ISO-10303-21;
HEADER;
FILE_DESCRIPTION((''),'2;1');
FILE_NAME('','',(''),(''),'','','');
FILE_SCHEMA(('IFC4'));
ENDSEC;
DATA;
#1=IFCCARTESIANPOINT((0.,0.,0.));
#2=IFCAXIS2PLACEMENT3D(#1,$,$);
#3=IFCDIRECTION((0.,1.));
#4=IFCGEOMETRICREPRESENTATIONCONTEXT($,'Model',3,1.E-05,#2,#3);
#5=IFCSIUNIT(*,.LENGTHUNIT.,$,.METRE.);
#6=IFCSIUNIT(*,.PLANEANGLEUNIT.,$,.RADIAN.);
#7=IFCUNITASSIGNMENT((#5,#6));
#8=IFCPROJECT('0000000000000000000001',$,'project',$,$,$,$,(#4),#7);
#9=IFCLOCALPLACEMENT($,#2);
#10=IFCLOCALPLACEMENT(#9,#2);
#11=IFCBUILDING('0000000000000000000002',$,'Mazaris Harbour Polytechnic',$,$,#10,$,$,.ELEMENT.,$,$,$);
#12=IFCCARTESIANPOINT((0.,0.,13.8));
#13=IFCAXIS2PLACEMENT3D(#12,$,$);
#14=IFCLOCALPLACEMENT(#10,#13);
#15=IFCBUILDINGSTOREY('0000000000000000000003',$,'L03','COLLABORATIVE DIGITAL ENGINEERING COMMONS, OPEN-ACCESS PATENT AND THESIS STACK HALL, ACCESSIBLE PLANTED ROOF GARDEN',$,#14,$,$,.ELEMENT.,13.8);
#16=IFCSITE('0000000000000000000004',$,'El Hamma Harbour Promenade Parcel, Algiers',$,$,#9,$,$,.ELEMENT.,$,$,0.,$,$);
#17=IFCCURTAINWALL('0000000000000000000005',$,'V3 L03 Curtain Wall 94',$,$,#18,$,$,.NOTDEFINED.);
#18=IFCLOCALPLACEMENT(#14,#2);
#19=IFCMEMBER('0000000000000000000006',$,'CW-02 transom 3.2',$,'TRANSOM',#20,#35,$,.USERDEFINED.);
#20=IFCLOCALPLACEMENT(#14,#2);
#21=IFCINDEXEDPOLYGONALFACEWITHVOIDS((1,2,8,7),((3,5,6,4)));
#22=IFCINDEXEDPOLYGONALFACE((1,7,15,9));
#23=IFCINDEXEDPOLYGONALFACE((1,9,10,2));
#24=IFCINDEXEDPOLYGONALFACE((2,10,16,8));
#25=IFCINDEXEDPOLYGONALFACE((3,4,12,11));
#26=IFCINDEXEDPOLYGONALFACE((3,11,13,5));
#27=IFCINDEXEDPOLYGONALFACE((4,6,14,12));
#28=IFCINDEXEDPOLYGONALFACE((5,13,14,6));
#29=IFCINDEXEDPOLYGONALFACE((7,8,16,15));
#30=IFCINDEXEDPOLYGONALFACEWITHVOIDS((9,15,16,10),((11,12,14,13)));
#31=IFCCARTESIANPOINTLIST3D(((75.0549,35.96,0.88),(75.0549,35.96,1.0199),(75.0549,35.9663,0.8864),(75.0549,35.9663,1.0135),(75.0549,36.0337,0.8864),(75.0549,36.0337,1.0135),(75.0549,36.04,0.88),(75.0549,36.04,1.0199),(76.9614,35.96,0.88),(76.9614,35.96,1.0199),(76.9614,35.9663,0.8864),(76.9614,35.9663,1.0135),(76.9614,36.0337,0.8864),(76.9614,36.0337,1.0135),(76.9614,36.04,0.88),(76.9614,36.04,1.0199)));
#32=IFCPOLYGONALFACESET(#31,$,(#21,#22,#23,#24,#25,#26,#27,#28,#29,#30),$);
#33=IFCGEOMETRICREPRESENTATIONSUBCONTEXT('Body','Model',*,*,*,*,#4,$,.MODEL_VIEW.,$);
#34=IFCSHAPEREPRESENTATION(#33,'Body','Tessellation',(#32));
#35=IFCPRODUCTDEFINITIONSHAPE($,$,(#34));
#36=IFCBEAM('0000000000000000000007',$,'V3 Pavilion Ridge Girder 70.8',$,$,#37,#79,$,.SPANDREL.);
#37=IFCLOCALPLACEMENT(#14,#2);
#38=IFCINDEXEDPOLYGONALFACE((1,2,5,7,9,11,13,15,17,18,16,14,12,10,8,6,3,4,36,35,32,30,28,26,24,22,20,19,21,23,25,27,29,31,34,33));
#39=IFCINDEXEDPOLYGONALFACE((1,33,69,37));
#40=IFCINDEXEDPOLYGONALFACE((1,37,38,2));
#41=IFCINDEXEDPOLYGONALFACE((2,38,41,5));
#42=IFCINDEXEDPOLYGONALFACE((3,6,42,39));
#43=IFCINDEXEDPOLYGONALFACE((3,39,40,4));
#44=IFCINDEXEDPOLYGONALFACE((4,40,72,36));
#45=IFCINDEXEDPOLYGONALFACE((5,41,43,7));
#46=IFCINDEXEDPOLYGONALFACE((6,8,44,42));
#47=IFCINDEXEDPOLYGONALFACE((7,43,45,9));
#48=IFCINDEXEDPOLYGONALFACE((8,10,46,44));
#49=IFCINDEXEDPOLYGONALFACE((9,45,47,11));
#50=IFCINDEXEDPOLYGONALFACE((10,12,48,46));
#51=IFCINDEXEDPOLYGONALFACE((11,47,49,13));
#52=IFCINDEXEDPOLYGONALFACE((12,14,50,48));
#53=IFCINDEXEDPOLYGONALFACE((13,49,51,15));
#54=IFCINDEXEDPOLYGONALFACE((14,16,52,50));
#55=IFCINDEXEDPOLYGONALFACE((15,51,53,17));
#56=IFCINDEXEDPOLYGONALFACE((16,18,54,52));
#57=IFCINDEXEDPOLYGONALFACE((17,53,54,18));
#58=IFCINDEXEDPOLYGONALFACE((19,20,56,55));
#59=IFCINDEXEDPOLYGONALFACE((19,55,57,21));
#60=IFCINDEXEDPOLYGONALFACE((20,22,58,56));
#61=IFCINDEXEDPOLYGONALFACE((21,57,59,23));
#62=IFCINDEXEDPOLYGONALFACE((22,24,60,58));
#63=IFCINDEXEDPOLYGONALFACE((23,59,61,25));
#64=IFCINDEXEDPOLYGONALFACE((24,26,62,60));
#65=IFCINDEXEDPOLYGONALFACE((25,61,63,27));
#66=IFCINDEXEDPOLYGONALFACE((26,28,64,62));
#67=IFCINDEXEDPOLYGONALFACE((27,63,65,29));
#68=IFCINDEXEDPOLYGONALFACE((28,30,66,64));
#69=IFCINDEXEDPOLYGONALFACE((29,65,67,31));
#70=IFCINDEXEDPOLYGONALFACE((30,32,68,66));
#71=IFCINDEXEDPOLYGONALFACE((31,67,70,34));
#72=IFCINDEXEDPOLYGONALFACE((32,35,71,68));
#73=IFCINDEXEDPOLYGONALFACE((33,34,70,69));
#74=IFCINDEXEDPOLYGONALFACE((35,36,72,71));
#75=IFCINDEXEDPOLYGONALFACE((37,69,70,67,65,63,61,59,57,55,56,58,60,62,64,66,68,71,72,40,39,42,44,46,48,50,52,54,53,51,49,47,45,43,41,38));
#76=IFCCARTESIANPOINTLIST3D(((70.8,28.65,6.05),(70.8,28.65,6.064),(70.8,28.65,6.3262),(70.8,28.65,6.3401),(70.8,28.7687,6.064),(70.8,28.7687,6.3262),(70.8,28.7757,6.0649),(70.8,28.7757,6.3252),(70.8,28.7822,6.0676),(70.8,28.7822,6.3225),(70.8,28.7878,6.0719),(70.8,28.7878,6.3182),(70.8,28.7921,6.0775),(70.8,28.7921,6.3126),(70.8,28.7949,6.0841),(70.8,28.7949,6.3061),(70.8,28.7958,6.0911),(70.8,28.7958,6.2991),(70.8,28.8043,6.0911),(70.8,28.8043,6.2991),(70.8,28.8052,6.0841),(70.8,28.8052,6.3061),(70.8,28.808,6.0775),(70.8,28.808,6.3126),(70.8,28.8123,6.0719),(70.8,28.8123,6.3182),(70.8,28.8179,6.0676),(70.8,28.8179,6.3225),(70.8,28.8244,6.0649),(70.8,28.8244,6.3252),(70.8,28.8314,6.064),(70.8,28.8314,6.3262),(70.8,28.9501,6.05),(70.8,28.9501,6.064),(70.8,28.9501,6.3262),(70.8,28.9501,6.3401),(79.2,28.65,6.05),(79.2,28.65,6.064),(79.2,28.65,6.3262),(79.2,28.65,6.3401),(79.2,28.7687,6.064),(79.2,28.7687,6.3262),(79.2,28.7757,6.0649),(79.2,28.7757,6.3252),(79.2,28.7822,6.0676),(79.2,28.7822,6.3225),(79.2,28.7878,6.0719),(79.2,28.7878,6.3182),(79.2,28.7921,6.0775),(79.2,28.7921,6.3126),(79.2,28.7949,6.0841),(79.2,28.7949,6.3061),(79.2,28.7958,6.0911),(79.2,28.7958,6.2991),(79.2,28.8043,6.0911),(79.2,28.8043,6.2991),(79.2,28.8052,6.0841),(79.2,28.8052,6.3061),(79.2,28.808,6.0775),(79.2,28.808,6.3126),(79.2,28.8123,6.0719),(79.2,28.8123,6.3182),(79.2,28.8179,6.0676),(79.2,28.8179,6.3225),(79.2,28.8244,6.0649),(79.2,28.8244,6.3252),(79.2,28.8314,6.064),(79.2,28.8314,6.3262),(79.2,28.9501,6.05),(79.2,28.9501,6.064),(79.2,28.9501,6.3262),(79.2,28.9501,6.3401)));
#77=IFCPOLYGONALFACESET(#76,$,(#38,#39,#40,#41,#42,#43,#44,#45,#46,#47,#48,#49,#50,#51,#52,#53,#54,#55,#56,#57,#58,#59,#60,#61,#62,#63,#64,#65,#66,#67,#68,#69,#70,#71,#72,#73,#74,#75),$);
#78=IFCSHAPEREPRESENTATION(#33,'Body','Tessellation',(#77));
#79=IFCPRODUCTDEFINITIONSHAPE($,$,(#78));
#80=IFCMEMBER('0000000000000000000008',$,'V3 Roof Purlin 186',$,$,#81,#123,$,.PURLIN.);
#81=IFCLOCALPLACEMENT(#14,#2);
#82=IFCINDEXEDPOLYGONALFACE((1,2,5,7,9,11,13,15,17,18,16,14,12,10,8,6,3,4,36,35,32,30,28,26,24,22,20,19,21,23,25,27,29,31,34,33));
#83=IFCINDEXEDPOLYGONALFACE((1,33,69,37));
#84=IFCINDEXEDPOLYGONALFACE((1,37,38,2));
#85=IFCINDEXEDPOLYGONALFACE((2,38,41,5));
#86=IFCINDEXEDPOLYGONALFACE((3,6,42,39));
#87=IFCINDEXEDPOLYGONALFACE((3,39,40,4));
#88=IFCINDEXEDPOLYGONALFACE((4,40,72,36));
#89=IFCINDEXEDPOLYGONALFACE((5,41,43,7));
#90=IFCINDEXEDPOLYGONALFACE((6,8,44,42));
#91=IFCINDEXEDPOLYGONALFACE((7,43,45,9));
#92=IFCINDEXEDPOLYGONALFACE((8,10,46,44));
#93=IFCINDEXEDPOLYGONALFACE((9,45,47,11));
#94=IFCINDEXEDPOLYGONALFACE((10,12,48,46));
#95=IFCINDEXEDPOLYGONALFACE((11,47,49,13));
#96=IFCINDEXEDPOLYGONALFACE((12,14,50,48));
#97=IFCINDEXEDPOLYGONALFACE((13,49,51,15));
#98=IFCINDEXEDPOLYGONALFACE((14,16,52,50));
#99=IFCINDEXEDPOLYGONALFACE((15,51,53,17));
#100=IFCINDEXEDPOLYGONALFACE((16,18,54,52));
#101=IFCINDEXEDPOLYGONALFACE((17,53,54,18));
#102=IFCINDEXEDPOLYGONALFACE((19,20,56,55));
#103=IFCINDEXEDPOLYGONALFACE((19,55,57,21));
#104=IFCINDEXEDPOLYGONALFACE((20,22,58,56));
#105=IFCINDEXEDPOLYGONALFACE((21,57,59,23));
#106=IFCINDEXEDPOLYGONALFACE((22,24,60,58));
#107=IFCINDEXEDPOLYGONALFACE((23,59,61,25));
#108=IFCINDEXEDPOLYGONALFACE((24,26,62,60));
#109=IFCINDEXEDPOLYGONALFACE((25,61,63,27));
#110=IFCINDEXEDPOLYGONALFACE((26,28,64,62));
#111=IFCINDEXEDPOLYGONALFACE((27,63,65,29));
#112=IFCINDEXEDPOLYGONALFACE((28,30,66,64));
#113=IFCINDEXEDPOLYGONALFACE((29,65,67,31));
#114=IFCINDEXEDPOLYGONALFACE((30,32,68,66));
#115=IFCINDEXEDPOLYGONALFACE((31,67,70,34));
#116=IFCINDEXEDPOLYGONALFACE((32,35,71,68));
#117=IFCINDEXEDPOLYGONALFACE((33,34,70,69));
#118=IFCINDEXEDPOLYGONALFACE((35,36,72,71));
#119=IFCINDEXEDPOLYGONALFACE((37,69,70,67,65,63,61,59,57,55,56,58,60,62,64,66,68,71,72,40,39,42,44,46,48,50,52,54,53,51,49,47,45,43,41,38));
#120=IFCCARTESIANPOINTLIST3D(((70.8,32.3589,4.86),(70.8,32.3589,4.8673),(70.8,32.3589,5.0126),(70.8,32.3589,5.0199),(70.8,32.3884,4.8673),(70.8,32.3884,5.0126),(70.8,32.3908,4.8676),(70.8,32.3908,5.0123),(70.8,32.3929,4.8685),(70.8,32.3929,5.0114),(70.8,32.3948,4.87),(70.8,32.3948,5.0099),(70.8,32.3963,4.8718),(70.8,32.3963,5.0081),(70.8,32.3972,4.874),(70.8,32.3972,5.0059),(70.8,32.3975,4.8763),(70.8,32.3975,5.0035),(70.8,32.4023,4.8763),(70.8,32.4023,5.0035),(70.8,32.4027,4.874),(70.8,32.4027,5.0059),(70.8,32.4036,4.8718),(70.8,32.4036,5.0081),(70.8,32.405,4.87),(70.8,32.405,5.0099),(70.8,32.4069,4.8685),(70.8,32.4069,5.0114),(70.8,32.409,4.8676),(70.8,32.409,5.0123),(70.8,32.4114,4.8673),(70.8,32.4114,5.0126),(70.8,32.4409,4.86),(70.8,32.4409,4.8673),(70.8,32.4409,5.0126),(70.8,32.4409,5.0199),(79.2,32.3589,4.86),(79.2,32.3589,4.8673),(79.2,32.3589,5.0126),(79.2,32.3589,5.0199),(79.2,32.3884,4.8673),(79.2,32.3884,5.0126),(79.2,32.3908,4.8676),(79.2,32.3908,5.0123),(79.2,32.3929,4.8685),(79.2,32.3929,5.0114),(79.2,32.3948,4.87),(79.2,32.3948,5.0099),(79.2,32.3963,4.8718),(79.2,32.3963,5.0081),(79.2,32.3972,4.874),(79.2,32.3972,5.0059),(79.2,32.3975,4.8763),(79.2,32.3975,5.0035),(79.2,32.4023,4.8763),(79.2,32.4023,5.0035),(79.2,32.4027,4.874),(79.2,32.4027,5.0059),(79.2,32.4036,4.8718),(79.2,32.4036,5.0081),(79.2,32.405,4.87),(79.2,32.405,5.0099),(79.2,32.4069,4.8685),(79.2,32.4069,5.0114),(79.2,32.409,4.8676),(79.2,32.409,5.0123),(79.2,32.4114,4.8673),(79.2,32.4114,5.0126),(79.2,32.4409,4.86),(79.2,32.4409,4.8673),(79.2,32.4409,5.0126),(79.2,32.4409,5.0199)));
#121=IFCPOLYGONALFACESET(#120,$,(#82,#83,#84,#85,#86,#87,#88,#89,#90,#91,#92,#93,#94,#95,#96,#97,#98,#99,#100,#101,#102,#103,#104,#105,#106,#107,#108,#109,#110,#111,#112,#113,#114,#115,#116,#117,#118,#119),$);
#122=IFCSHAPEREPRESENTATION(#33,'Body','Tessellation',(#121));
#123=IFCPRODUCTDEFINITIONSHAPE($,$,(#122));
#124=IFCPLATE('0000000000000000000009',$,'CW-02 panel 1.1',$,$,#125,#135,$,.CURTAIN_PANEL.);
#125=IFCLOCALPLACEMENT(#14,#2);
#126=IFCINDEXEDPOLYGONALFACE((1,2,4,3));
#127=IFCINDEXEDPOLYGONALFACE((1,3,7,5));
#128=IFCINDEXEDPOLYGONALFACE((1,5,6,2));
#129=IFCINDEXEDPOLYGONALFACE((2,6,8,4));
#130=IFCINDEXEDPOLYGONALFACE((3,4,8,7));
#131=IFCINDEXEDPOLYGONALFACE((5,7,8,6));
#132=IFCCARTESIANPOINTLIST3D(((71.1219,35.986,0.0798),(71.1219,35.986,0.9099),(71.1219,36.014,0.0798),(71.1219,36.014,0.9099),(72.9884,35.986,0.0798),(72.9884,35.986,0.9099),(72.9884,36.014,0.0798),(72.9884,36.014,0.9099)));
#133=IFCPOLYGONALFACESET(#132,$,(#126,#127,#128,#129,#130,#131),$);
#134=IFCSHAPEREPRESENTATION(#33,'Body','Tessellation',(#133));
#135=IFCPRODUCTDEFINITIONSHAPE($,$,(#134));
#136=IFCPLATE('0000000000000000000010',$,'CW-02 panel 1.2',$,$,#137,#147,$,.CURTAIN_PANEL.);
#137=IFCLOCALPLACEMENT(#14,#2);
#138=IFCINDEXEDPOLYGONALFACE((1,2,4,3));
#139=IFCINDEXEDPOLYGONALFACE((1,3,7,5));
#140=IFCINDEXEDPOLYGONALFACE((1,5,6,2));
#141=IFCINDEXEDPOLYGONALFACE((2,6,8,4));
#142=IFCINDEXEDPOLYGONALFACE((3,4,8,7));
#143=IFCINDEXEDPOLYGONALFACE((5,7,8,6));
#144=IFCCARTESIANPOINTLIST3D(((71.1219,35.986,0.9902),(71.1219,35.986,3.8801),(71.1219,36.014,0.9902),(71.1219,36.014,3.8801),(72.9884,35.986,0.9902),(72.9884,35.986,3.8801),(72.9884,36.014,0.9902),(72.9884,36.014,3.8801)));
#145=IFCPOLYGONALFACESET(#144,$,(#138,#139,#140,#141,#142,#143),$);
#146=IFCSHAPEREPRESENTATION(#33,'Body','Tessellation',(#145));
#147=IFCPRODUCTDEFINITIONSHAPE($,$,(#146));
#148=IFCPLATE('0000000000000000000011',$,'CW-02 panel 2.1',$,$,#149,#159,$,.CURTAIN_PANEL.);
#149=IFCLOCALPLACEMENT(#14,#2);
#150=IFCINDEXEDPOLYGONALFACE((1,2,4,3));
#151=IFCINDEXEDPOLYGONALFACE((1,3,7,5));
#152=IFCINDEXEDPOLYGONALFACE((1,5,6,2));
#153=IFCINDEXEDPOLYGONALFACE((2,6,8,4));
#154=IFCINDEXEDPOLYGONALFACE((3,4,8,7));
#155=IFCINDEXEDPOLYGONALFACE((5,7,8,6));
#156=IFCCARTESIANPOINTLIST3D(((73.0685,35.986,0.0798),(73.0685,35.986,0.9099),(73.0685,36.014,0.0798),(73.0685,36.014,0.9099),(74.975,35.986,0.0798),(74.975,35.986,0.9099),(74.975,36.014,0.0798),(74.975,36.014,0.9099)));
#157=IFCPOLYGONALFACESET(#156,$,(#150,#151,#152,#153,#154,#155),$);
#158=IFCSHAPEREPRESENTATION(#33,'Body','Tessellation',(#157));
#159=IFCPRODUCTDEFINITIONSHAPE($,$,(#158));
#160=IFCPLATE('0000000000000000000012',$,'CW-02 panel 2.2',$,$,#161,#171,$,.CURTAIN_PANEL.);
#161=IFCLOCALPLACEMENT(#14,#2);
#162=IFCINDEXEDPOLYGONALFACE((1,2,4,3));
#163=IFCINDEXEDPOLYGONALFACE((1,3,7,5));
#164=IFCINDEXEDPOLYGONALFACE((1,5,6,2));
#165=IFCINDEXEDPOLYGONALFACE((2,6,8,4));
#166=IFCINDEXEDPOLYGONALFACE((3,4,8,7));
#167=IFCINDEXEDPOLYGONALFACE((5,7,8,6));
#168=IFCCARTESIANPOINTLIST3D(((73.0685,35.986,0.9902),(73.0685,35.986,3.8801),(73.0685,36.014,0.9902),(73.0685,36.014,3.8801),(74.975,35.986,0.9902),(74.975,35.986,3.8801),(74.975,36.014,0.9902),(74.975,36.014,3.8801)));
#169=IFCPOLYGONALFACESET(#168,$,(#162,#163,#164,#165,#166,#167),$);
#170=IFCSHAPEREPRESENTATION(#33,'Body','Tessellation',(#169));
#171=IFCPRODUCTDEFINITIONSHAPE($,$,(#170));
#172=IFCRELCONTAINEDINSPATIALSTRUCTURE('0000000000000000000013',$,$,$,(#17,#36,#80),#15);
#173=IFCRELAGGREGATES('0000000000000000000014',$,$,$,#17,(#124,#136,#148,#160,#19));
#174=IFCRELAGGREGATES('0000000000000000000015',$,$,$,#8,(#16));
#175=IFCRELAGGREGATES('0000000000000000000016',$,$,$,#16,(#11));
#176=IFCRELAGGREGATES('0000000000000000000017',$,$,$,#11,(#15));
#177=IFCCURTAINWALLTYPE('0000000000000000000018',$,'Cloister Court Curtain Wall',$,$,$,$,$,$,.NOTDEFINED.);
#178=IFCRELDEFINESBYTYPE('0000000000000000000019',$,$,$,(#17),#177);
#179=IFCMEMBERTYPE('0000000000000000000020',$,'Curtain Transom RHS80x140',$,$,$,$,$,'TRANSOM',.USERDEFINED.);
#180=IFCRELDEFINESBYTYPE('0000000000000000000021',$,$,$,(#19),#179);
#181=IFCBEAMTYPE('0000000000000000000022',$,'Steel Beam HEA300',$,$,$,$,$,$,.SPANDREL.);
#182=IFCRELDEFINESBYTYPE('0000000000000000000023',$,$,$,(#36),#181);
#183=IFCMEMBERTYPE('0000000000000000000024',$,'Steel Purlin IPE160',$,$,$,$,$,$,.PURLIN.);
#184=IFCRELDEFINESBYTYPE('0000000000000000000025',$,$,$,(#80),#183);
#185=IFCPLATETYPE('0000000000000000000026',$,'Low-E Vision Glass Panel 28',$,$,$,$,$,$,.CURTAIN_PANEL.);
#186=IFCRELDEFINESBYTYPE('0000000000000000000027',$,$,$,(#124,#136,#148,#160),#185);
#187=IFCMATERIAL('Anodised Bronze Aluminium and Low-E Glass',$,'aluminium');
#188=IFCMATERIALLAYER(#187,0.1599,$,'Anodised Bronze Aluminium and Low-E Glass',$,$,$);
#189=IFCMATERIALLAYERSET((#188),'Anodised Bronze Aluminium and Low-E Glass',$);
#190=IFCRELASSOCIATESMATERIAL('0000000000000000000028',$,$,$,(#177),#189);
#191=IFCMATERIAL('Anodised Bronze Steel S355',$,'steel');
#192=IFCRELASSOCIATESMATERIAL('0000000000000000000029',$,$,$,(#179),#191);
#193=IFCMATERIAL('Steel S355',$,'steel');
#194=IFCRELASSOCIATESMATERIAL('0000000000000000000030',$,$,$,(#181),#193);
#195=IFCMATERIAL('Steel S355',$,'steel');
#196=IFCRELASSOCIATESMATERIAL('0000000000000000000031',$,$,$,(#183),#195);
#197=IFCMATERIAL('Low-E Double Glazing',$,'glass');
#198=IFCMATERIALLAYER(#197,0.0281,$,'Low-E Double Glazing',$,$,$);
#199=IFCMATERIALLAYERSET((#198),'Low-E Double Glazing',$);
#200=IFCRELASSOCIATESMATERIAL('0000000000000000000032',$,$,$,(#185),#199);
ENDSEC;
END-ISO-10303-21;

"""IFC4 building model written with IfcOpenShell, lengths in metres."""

from ifc_helpers import new_model, si_unit, direction, frame, origin, origin_2d, place, context, subcontext, project, spatial, rectangle, hollow_rectangle, i_section, extrude, material, layer, layer_set, material_profile, profile_set, type_object, element, aggregate, save


model = new_model("IFC4")

# Units and contexts
model_context = context("Model", 3, precision=1e-05, world=origin(), true_north=direction((0.0, 1.0)))
body_context = subcontext(model_context, "Body", "Model", "MODEL_VIEW")
ifc_project = project(units=[si_unit("LENGTHUNIT", "METRE"), si_unit("PLANEANGLEUNIT", "RADIAN")], contexts=[model_context])

# Site, building, storey
site_placement = place(None, origin())
site = spatial("IfcSite", under=ifc_project, at=site_placement, Name="El Hamma Harbour Promenade Parcel, Algiers", CompositionType="ELEMENT", RefElevation=0.0)
building_placement = place(site_placement, origin())
building = spatial("IfcBuilding", under=site, at=building_placement, Name="Mazaris Harbour Polytechnic", CompositionType="ELEMENT")
storey_placement = place(building_placement, frame((0.0, 0.0, 13.8)))
storey = spatial("IfcBuildingStorey", under=building, at=storey_placement, Name="L03", Description="COLLABORATIVE DIGITAL ENGINEERING COMMONS, OPEN-ACCESS PATENT AND THESIS STACK HALL, ACCESSIBLE PLANTED ROOF GARDEN", CompositionType="ELEMENT", Elevation=13.8)

# Curtain wall, member
ifc_material_1 = material(Name="Anodised Bronze Aluminium and Low-E Glass", Category="aluminium")
ifc_layer_1 = layer(ifc_material_1, 0.1599, Name="Anodised Bronze Aluminium and Low-E Glass")
ifc_layer_set_1 = layer_set([ifc_layer_1], Name="Anodised Bronze Aluminium and Low-E Glass")
curtain_wall_type = type_object("IfcCurtainWallType", Name="Cloister Court Curtain Wall", PredefinedType="NOTDEFINED", material=ifc_layer_set_1)
curtain_wall_placement = place(storey_placement, origin())
curtain_wall = element("IfcCurtainWall", 1, at=curtain_wall_placement, inside=storey, type_object=curtain_wall_type, Name="V3 L03 Curtain Wall 94", PredefinedType="NOTDEFINED")
ifc_material_2 = material(Name="Anodised Bronze Steel S355", Category="steel")
ifc_material_profile_1 = material_profile(ifc_material_2, hollow_rectangle(XDim=0.0801, YDim=0.1399, WallThickness=0.0063, at=origin_2d()), Name="RHS 80x140x6.3")
ifc_profile_set_1 = profile_set([ifc_material_profile_1], Name="Anodised Bronze Steel S355")
member_type_1 = type_object("IfcMemberType", Name="Curtain Transom RHS80x140", ElementType="TRANSOM", PredefinedType="USERDEFINED", material=ifc_profile_set_1)
member_1_placement = place(storey_placement, frame((75.0549, 36.0, 0.95), z_axis=(1.0, 0.0, 0.0), x_axis=(0.0, 1.0, 0.0)))
member_1 = element("IfcMember", 2, at=member_1_placement, type_object=member_type_1, Name="CW-02 transom 3.2", ObjectType="TRANSOM", PredefinedType="USERDEFINED", context=body_context, shape_type="SweptSolid", body=[
    extrude(hollow_rectangle(XDim=0.0801, YDim=0.1399, WallThickness=0.0063, at=origin_2d()), origin(), (0.0, 0.0, 1.0), 1.9065),
])

# Beam
ifc_material_3 = material(Name="Steel S355", Category="steel")
ifc_material_profile_2 = material_profile(ifc_material_3, i_section(OverallWidth=0.3, OverallDepth=0.29, WebThickness=0.0085, FlangeThickness=0.0139, FilletRadius=0.0271, at=origin_2d()), Name="HEA 300")
ifc_profile_set_2 = profile_set([ifc_material_profile_2], Name="Steel S355")
beam_type = type_object("IfcBeamType", Name="Steel Beam HEA300", PredefinedType="SPANDREL", material=ifc_profile_set_2)
beam_placement = place(storey_placement, frame((70.8, 28.8, 6.1951), z_axis=(1.0, 0.0, 0.0), x_axis=(0.0, 1.0, 0.0)))
element("IfcBeam", 3, at=beam_placement, inside=storey, type_object=beam_type, Name="V3 Pavilion Ridge Girder 70.8", PredefinedType="SPANDREL", context=body_context, shape_type="SweptSolid", body=[
    extrude(i_section(OverallWidth=0.3, OverallDepth=0.29, WebThickness=0.0085, FlangeThickness=0.0139, FilletRadius=0.0271, at=origin_2d()), origin(), (0.0, 0.0, 1.0), 8.3999),
])

# Member
ifc_material_4 = material(Name="Steel S355", Category="steel")
ifc_material_profile_3 = material_profile(ifc_material_4, i_section(OverallWidth=0.082, OverallDepth=0.1599, WebThickness=0.0049, FlangeThickness=0.0073, FilletRadius=0.009, at=origin_2d()), Name="IPE 160")
ifc_profile_set_3 = profile_set([ifc_material_profile_3], Name="Steel S355")
member_type_2 = type_object("IfcMemberType", Name="Steel Purlin IPE160", PredefinedType="PURLIN", material=ifc_profile_set_3)
member_2_placement = place(storey_placement, frame((70.8, 32.3999, 4.9399), z_axis=(1.0, 0.0, 0.0), x_axis=(0.0, 1.0, 0.0)))
element("IfcMember", 4, at=member_2_placement, inside=storey, type_object=member_type_2, Name="V3 Roof Purlin 186", PredefinedType="PURLIN", context=body_context, shape_type="SweptSolid", body=[
    extrude(i_section(OverallWidth=0.082, OverallDepth=0.1599, WebThickness=0.0049, FlangeThickness=0.0073, FilletRadius=0.009, at=origin_2d()), origin(), (0.0, 0.0, 1.0), 8.3999),
])

# Plates
ifc_material_5 = material(Name="Low-E Double Glazing", Category="glass")
ifc_layer_2 = layer(ifc_material_5, 0.0281, Name="Low-E Double Glazing")
ifc_layer_set_2 = layer_set([ifc_layer_2], Name="Low-E Double Glazing")
plate_type = type_object("IfcPlateType", Name="Low-E Vision Glass Panel 28", PredefinedType="CURTAIN_PANEL", material=ifc_layer_set_2)
plate_1_placement = place(storey_placement, frame((72.0552, 36.0, 0.0798), z_axis=(0.0, 0.0, 1.0), x_axis=(1.0, 0.0, 0.0)))
plate_1 = element("IfcPlate", 5, at=plate_1_placement, type_object=plate_type, Name="CW-02 panel 1.1", PredefinedType="CURTAIN_PANEL", context=body_context, shape_type="SweptSolid", body=[
    extrude(rectangle(XDim=1.8665, YDim=0.0281, at=origin_2d()), origin(), (0.0, 0.0, 1.0), 0.8301),
])
plate_2_placement = place(storey_placement, frame((72.0552, 36.0, 0.9902), z_axis=(0.0, 0.0, 1.0), x_axis=(1.0, 0.0, 0.0)))
plate_2 = element("IfcPlate", 6, at=plate_2_placement, type_object=plate_type, Name="CW-02 panel 1.2", PredefinedType="CURTAIN_PANEL", context=body_context, shape_type="SweptSolid", body=[
    extrude(rectangle(XDim=1.8665, YDim=0.0281, at=origin_2d()), origin(), (0.0, 0.0, 1.0), 2.8899),
])
plate_3_placement = place(storey_placement, frame((74.0217, 36.0, 0.0798), z_axis=(0.0, 0.0, 1.0), x_axis=(1.0, 0.0, 0.0)))
plate_3 = element("IfcPlate", 7, at=plate_3_placement, type_object=plate_type, Name="CW-02 panel 2.1", PredefinedType="CURTAIN_PANEL", context=body_context, shape_type="SweptSolid", body=[
    extrude(rectangle(XDim=1.9065, YDim=0.0281, at=origin_2d()), origin(), (0.0, 0.0, 1.0), 0.8301),
])
plate_4_placement = place(storey_placement, frame((74.0217, 36.0, 0.9902), z_axis=(0.0, 0.0, 1.0), x_axis=(1.0, 0.0, 0.0)))
plate_4 = element("IfcPlate", 8, at=plate_4_placement, type_object=plate_type, Name="CW-02 panel 2.2", PredefinedType="CURTAIN_PANEL", context=body_context, shape_type="SweptSolid", body=[
    extrude(rectangle(XDim=1.9065, YDim=0.0281, at=origin_2d()), origin(), (0.0, 0.0, 1.0), 2.8899),
])
aggregate(curtain_wall, [plate_1, plate_2, plate_3, plate_4, member_1])

save(model, "model.ifc")
